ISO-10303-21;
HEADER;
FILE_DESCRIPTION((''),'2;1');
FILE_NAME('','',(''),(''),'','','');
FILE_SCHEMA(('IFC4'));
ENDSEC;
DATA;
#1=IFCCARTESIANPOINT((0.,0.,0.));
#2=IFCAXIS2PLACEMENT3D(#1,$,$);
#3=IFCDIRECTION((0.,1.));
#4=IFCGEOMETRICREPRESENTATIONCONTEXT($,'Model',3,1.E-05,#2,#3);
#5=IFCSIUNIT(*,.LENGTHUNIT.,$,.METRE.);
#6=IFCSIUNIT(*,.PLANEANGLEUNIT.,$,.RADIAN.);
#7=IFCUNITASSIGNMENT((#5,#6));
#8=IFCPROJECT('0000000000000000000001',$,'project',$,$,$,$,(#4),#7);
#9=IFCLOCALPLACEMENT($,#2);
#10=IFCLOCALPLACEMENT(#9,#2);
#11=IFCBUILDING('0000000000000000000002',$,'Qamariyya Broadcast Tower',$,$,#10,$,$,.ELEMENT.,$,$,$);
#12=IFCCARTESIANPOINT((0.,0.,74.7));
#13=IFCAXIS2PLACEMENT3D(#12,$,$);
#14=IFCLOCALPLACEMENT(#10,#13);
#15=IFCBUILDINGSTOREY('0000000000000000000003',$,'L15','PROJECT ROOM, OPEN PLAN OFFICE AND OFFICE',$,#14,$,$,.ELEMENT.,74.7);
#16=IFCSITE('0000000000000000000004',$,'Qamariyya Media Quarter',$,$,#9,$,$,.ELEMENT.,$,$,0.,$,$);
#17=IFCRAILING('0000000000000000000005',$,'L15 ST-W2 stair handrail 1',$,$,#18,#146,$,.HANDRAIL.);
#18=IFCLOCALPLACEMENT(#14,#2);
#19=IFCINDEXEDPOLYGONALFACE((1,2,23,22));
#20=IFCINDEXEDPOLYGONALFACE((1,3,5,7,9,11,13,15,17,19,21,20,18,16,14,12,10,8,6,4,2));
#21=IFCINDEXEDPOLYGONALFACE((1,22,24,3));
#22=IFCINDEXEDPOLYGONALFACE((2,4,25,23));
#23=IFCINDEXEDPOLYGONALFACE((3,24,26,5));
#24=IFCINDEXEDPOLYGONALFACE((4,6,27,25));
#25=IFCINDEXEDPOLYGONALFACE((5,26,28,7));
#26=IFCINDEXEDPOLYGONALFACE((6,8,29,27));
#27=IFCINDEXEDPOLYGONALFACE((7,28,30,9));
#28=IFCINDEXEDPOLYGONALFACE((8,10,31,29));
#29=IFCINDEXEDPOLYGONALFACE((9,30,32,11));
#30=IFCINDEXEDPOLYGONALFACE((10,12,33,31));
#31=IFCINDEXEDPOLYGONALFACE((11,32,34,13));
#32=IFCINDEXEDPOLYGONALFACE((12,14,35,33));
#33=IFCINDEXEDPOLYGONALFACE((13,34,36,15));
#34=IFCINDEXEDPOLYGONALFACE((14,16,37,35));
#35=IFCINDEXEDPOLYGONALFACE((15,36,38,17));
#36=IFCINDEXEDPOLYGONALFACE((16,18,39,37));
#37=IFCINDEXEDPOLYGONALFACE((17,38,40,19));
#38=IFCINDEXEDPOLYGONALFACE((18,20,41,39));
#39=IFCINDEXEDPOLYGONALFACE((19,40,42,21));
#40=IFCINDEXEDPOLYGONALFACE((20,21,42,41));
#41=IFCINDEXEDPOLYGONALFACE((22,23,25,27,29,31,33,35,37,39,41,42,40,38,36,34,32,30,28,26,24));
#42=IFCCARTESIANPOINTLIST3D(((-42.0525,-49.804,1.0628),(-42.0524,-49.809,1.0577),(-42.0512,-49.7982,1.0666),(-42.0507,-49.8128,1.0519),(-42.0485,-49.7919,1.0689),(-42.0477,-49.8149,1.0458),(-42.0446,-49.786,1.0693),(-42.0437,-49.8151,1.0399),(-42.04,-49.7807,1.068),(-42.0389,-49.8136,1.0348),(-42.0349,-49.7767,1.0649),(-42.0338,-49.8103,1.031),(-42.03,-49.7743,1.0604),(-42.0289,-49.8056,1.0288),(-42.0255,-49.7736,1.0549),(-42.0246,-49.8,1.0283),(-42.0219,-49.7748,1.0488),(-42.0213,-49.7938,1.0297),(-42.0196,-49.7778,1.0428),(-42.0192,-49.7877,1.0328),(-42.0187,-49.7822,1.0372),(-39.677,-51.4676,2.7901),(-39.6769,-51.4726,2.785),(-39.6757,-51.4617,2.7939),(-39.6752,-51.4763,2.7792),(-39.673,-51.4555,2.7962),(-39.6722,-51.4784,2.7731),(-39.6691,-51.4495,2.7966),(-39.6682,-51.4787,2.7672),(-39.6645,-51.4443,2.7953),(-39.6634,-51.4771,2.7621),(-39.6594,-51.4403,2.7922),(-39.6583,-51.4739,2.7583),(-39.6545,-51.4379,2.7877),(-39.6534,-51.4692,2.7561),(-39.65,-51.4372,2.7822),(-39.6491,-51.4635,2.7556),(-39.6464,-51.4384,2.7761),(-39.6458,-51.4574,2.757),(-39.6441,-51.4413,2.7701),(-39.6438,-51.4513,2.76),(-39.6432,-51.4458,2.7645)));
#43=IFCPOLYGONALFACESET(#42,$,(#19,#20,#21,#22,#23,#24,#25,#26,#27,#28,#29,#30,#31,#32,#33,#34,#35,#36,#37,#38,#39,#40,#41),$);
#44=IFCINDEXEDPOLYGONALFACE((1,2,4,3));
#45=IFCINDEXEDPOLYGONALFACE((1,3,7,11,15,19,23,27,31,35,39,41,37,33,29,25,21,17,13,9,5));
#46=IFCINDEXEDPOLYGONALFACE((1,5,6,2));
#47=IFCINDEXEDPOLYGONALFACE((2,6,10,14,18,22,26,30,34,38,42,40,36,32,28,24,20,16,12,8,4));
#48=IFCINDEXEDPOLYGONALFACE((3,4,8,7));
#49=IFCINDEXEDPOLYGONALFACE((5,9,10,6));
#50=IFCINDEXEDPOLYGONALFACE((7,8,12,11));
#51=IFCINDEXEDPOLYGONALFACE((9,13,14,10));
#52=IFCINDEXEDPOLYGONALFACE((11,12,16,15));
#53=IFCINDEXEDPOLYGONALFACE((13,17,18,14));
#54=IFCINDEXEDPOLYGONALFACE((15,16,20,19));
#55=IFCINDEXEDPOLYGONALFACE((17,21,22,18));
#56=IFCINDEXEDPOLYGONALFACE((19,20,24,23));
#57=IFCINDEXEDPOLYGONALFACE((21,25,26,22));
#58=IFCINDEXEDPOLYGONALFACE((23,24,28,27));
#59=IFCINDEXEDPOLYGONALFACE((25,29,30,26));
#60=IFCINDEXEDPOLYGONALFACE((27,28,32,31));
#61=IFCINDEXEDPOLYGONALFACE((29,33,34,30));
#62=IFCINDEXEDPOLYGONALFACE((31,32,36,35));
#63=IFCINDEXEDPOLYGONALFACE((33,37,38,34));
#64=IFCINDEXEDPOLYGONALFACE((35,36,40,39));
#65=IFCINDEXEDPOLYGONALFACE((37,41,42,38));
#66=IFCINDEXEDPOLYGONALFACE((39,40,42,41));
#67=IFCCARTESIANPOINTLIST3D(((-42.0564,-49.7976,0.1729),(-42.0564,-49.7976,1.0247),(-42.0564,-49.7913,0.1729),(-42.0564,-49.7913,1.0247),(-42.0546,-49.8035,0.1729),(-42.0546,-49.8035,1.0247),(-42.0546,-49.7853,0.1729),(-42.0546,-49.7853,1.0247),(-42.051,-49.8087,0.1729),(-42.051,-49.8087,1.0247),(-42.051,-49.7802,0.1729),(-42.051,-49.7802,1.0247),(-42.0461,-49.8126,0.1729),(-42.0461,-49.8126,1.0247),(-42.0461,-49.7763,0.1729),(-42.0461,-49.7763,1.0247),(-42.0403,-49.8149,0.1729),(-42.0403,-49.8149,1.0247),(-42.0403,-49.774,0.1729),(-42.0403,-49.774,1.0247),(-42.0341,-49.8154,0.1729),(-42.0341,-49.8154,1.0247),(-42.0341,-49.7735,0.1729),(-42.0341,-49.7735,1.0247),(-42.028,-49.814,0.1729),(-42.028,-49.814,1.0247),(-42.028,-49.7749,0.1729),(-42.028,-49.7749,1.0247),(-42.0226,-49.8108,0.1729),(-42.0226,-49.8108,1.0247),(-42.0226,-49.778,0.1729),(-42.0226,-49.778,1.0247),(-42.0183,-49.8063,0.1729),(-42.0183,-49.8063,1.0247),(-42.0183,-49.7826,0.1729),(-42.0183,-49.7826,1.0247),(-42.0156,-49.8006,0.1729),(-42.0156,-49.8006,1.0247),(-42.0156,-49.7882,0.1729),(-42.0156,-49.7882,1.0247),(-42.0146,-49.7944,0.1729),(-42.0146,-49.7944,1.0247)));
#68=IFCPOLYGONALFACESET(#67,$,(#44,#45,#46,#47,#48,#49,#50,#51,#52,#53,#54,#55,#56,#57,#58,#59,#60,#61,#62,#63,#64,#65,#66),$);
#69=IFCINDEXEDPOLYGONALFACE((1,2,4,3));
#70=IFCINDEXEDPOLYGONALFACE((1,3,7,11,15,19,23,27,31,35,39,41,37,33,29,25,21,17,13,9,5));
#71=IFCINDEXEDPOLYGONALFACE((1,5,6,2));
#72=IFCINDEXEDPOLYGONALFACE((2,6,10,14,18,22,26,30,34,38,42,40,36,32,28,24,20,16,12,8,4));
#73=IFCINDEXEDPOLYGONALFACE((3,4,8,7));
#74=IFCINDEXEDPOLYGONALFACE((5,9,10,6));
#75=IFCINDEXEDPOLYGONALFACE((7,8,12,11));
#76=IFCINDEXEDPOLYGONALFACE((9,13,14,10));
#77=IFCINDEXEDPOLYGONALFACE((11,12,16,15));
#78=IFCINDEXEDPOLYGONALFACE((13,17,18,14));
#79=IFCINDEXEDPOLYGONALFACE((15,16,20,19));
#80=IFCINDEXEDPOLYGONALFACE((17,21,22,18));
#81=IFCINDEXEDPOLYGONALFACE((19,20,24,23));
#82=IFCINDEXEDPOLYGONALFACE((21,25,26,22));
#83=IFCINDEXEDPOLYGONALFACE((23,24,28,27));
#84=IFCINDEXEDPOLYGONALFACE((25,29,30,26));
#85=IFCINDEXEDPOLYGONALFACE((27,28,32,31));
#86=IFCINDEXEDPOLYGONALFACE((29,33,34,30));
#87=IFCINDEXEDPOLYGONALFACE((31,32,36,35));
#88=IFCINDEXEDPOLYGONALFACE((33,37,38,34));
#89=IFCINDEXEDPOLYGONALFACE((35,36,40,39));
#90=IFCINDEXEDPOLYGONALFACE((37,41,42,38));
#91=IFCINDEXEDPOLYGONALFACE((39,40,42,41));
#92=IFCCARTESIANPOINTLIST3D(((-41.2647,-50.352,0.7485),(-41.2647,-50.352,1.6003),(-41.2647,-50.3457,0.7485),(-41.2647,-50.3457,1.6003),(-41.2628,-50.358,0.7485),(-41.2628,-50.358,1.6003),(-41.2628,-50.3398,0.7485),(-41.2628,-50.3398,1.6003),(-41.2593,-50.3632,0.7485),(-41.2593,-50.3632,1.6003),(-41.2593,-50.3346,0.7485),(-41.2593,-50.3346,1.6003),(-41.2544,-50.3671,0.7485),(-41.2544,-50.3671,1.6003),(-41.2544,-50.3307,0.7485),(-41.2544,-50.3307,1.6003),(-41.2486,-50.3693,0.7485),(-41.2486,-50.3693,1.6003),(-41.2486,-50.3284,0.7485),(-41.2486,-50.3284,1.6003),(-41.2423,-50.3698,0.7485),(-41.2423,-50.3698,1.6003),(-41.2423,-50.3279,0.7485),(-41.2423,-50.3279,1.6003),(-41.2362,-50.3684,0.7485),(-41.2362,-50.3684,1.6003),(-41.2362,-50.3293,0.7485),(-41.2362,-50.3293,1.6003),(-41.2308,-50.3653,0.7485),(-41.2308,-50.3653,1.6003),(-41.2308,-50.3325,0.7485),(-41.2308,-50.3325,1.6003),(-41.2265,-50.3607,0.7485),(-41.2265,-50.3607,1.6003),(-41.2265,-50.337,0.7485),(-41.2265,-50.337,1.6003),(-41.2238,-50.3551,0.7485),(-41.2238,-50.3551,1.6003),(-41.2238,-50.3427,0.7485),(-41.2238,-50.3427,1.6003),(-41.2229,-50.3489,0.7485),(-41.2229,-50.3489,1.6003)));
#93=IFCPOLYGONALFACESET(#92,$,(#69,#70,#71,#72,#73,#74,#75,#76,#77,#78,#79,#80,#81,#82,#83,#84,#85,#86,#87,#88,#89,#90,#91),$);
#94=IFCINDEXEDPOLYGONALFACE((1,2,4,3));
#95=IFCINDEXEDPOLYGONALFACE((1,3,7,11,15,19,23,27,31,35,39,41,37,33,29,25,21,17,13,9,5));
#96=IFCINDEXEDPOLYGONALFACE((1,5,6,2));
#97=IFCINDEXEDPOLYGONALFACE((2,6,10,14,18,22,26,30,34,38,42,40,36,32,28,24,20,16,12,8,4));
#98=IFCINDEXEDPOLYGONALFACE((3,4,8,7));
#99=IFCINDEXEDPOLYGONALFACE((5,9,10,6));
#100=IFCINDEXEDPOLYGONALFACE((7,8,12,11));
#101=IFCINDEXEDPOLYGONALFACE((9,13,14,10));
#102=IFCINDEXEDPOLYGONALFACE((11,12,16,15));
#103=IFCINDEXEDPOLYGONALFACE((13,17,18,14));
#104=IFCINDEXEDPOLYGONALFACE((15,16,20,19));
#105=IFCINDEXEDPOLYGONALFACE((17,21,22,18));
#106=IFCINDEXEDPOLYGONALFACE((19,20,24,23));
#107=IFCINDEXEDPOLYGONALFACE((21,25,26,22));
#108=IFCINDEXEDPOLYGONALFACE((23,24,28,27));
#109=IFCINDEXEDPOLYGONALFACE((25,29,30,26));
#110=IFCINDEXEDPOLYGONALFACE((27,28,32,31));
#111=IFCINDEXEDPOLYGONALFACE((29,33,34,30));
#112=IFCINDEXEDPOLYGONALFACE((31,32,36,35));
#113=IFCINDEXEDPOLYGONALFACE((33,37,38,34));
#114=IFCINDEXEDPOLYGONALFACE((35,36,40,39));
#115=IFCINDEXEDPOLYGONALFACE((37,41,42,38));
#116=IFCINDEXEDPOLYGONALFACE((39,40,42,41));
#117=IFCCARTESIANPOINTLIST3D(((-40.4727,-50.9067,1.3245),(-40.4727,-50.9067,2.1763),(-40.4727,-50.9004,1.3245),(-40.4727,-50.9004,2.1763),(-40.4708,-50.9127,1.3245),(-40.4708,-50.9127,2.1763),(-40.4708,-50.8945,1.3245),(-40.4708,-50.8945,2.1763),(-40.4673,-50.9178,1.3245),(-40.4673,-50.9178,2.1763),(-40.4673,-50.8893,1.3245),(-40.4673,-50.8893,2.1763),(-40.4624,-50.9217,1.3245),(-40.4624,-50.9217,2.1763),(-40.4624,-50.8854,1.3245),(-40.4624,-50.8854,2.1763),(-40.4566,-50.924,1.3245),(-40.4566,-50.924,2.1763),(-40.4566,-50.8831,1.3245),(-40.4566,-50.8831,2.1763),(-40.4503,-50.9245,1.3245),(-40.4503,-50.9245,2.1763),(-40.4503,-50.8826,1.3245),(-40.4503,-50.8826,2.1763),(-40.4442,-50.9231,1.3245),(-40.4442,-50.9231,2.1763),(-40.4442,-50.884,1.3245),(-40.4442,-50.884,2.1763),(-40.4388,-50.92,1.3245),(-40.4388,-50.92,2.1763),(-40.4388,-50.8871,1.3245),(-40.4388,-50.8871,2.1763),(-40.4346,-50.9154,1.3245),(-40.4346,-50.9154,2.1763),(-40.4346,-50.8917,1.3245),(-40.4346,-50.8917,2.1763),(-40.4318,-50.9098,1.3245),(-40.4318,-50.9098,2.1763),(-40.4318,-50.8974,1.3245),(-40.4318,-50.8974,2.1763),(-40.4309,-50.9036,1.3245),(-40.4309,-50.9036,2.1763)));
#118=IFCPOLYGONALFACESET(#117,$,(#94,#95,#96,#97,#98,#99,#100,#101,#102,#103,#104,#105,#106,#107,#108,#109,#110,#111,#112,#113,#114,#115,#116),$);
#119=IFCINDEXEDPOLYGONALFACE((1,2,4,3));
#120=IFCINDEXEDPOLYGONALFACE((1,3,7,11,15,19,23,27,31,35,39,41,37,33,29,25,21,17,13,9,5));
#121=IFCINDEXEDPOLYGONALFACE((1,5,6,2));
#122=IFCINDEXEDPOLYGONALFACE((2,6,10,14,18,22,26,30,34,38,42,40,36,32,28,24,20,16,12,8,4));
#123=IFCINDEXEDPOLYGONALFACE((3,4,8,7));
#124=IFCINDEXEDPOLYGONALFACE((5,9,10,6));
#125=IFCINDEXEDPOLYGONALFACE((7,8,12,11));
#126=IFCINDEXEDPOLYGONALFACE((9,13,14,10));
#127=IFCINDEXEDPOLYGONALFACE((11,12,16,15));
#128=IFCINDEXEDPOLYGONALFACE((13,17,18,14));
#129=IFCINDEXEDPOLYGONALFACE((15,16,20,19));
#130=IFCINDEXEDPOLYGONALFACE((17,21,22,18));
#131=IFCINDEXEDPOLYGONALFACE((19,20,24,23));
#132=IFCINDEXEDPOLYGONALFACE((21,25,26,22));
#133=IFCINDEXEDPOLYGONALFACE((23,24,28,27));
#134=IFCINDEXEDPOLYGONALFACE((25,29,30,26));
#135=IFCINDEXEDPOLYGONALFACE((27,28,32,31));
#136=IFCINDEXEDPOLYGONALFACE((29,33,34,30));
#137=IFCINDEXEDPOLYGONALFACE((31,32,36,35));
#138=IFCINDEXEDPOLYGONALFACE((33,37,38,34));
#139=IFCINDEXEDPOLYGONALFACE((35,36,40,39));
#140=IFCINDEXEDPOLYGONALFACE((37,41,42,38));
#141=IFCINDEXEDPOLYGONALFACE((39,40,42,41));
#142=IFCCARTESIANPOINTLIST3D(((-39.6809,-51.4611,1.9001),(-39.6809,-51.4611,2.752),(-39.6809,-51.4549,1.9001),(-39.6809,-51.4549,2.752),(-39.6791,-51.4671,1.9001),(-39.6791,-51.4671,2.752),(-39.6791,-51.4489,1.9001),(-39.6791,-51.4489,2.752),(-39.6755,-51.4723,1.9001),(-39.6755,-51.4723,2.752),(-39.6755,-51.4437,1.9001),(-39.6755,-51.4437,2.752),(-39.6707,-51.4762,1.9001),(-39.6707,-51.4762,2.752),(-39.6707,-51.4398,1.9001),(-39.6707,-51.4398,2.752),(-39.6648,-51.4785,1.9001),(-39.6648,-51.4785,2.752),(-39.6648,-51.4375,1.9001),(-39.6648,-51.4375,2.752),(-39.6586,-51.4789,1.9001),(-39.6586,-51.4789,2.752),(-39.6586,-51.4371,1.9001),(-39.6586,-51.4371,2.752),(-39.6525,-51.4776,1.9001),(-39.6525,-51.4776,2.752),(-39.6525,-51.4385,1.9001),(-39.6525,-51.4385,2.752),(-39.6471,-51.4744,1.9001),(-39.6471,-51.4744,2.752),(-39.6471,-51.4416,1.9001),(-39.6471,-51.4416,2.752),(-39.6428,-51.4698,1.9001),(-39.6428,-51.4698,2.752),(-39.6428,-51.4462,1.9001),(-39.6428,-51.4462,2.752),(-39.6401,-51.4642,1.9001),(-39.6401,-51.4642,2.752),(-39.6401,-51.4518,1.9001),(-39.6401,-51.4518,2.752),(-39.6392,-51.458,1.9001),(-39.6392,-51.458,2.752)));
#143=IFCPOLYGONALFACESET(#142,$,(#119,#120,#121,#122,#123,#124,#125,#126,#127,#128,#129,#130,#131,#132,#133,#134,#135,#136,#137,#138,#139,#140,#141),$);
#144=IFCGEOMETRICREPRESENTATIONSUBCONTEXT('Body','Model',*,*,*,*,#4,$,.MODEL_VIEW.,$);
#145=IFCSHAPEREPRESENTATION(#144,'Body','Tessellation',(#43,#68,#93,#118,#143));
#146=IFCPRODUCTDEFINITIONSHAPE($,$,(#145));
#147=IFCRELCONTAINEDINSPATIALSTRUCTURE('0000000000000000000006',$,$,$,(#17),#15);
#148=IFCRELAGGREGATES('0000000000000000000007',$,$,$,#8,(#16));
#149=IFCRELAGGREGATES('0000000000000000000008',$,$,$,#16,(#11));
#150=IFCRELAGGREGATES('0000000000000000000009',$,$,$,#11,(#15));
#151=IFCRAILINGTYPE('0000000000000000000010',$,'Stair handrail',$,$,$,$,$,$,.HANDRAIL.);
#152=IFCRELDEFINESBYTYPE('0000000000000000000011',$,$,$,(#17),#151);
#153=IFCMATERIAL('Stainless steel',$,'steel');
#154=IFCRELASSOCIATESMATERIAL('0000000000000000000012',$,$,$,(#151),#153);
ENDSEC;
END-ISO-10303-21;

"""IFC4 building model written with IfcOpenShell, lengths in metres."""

from ifc_helpers import new_model, si_unit, direction, frame, origin, origin_2d, place, context, subcontext, project, spatial, circle, extrude, material, type_object, element, save


model = new_model("IFC4")

# Units and contexts
model_context = context("Model", 3, precision=1e-05, world=origin(), true_north=direction((0.0, 1.0)))
body_context = subcontext(model_context, "Body", "Model", "MODEL_VIEW")
ifc_project = project(units=[si_unit("LENGTHUNIT", "METRE"), si_unit("PLANEANGLEUNIT", "RADIAN")], contexts=[model_context])

# Site, building, storey
site_placement = place(None, origin())
site = spatial("IfcSite", under=ifc_project, at=site_placement, Name="Qamariyya Media Quarter", CompositionType="ELEMENT", RefElevation=0.0)
building_placement = place(site_placement, origin())
building = spatial("IfcBuilding", under=site, at=building_placement, Name="Qamariyya Broadcast Tower", CompositionType="ELEMENT")
storey_placement = place(building_placement, frame((0.0, 0.0, 74.7)))
storey = spatial("IfcBuildingStorey", under=building, at=storey_placement, Name="L15", Description="PROJECT ROOM, OPEN PLAN OFFICE AND OFFICE", CompositionType="ELEMENT", Elevation=74.7)

# Railing
ifc_material_1 = material(Name="Stainless steel", Category="steel")
railing_type_1 = type_object("IfcRailingType", Name="Stair handrail", PredefinedType="HANDRAIL", material=ifc_material_1)
railing_1_placement = place(storey_placement, frame((-42.0356, -49.7944, 0.1729)))
element("IfcRailing", 1, at=railing_1_placement, inside=storey, type_object=railing_type_1, Name="L15 ST-W2 stair handrail 1", PredefinedType="HANDRAIL", context=body_context, shape_type="SweptSolid", body=[
    extrude(circle(Radius=0.0239, at=origin_2d()), frame((0.0, 0.0, 0.876), z_axis=(0.703745, -0.492838, 0.511716), x_axis=(0.573632, 0.819113, 0.0)), (0.0, 0.0, 1.0), 3.3755),
    extrude(circle(Radius=0.021, at=origin_2d()), origin(), (0.0, 0.0, 1.0), 0.8518),
    extrude(circle(Radius=0.021, at=origin_2d()), frame((0.7917, -0.5544, 0.5757)), (0.0, 0.0, 1.0), 0.8518),
    extrude(circle(Radius=0.021, at=origin_2d()), frame((1.5837, -1.1091, 1.1516)), (0.0, 0.0, 1.0), 0.8518),
    extrude(circle(Radius=0.021, at=origin_2d()), frame((2.3755, -1.6636, 1.7273)), (0.0, 0.0, 1.0), 0.8518),
])

save(model, "model.ifc")
